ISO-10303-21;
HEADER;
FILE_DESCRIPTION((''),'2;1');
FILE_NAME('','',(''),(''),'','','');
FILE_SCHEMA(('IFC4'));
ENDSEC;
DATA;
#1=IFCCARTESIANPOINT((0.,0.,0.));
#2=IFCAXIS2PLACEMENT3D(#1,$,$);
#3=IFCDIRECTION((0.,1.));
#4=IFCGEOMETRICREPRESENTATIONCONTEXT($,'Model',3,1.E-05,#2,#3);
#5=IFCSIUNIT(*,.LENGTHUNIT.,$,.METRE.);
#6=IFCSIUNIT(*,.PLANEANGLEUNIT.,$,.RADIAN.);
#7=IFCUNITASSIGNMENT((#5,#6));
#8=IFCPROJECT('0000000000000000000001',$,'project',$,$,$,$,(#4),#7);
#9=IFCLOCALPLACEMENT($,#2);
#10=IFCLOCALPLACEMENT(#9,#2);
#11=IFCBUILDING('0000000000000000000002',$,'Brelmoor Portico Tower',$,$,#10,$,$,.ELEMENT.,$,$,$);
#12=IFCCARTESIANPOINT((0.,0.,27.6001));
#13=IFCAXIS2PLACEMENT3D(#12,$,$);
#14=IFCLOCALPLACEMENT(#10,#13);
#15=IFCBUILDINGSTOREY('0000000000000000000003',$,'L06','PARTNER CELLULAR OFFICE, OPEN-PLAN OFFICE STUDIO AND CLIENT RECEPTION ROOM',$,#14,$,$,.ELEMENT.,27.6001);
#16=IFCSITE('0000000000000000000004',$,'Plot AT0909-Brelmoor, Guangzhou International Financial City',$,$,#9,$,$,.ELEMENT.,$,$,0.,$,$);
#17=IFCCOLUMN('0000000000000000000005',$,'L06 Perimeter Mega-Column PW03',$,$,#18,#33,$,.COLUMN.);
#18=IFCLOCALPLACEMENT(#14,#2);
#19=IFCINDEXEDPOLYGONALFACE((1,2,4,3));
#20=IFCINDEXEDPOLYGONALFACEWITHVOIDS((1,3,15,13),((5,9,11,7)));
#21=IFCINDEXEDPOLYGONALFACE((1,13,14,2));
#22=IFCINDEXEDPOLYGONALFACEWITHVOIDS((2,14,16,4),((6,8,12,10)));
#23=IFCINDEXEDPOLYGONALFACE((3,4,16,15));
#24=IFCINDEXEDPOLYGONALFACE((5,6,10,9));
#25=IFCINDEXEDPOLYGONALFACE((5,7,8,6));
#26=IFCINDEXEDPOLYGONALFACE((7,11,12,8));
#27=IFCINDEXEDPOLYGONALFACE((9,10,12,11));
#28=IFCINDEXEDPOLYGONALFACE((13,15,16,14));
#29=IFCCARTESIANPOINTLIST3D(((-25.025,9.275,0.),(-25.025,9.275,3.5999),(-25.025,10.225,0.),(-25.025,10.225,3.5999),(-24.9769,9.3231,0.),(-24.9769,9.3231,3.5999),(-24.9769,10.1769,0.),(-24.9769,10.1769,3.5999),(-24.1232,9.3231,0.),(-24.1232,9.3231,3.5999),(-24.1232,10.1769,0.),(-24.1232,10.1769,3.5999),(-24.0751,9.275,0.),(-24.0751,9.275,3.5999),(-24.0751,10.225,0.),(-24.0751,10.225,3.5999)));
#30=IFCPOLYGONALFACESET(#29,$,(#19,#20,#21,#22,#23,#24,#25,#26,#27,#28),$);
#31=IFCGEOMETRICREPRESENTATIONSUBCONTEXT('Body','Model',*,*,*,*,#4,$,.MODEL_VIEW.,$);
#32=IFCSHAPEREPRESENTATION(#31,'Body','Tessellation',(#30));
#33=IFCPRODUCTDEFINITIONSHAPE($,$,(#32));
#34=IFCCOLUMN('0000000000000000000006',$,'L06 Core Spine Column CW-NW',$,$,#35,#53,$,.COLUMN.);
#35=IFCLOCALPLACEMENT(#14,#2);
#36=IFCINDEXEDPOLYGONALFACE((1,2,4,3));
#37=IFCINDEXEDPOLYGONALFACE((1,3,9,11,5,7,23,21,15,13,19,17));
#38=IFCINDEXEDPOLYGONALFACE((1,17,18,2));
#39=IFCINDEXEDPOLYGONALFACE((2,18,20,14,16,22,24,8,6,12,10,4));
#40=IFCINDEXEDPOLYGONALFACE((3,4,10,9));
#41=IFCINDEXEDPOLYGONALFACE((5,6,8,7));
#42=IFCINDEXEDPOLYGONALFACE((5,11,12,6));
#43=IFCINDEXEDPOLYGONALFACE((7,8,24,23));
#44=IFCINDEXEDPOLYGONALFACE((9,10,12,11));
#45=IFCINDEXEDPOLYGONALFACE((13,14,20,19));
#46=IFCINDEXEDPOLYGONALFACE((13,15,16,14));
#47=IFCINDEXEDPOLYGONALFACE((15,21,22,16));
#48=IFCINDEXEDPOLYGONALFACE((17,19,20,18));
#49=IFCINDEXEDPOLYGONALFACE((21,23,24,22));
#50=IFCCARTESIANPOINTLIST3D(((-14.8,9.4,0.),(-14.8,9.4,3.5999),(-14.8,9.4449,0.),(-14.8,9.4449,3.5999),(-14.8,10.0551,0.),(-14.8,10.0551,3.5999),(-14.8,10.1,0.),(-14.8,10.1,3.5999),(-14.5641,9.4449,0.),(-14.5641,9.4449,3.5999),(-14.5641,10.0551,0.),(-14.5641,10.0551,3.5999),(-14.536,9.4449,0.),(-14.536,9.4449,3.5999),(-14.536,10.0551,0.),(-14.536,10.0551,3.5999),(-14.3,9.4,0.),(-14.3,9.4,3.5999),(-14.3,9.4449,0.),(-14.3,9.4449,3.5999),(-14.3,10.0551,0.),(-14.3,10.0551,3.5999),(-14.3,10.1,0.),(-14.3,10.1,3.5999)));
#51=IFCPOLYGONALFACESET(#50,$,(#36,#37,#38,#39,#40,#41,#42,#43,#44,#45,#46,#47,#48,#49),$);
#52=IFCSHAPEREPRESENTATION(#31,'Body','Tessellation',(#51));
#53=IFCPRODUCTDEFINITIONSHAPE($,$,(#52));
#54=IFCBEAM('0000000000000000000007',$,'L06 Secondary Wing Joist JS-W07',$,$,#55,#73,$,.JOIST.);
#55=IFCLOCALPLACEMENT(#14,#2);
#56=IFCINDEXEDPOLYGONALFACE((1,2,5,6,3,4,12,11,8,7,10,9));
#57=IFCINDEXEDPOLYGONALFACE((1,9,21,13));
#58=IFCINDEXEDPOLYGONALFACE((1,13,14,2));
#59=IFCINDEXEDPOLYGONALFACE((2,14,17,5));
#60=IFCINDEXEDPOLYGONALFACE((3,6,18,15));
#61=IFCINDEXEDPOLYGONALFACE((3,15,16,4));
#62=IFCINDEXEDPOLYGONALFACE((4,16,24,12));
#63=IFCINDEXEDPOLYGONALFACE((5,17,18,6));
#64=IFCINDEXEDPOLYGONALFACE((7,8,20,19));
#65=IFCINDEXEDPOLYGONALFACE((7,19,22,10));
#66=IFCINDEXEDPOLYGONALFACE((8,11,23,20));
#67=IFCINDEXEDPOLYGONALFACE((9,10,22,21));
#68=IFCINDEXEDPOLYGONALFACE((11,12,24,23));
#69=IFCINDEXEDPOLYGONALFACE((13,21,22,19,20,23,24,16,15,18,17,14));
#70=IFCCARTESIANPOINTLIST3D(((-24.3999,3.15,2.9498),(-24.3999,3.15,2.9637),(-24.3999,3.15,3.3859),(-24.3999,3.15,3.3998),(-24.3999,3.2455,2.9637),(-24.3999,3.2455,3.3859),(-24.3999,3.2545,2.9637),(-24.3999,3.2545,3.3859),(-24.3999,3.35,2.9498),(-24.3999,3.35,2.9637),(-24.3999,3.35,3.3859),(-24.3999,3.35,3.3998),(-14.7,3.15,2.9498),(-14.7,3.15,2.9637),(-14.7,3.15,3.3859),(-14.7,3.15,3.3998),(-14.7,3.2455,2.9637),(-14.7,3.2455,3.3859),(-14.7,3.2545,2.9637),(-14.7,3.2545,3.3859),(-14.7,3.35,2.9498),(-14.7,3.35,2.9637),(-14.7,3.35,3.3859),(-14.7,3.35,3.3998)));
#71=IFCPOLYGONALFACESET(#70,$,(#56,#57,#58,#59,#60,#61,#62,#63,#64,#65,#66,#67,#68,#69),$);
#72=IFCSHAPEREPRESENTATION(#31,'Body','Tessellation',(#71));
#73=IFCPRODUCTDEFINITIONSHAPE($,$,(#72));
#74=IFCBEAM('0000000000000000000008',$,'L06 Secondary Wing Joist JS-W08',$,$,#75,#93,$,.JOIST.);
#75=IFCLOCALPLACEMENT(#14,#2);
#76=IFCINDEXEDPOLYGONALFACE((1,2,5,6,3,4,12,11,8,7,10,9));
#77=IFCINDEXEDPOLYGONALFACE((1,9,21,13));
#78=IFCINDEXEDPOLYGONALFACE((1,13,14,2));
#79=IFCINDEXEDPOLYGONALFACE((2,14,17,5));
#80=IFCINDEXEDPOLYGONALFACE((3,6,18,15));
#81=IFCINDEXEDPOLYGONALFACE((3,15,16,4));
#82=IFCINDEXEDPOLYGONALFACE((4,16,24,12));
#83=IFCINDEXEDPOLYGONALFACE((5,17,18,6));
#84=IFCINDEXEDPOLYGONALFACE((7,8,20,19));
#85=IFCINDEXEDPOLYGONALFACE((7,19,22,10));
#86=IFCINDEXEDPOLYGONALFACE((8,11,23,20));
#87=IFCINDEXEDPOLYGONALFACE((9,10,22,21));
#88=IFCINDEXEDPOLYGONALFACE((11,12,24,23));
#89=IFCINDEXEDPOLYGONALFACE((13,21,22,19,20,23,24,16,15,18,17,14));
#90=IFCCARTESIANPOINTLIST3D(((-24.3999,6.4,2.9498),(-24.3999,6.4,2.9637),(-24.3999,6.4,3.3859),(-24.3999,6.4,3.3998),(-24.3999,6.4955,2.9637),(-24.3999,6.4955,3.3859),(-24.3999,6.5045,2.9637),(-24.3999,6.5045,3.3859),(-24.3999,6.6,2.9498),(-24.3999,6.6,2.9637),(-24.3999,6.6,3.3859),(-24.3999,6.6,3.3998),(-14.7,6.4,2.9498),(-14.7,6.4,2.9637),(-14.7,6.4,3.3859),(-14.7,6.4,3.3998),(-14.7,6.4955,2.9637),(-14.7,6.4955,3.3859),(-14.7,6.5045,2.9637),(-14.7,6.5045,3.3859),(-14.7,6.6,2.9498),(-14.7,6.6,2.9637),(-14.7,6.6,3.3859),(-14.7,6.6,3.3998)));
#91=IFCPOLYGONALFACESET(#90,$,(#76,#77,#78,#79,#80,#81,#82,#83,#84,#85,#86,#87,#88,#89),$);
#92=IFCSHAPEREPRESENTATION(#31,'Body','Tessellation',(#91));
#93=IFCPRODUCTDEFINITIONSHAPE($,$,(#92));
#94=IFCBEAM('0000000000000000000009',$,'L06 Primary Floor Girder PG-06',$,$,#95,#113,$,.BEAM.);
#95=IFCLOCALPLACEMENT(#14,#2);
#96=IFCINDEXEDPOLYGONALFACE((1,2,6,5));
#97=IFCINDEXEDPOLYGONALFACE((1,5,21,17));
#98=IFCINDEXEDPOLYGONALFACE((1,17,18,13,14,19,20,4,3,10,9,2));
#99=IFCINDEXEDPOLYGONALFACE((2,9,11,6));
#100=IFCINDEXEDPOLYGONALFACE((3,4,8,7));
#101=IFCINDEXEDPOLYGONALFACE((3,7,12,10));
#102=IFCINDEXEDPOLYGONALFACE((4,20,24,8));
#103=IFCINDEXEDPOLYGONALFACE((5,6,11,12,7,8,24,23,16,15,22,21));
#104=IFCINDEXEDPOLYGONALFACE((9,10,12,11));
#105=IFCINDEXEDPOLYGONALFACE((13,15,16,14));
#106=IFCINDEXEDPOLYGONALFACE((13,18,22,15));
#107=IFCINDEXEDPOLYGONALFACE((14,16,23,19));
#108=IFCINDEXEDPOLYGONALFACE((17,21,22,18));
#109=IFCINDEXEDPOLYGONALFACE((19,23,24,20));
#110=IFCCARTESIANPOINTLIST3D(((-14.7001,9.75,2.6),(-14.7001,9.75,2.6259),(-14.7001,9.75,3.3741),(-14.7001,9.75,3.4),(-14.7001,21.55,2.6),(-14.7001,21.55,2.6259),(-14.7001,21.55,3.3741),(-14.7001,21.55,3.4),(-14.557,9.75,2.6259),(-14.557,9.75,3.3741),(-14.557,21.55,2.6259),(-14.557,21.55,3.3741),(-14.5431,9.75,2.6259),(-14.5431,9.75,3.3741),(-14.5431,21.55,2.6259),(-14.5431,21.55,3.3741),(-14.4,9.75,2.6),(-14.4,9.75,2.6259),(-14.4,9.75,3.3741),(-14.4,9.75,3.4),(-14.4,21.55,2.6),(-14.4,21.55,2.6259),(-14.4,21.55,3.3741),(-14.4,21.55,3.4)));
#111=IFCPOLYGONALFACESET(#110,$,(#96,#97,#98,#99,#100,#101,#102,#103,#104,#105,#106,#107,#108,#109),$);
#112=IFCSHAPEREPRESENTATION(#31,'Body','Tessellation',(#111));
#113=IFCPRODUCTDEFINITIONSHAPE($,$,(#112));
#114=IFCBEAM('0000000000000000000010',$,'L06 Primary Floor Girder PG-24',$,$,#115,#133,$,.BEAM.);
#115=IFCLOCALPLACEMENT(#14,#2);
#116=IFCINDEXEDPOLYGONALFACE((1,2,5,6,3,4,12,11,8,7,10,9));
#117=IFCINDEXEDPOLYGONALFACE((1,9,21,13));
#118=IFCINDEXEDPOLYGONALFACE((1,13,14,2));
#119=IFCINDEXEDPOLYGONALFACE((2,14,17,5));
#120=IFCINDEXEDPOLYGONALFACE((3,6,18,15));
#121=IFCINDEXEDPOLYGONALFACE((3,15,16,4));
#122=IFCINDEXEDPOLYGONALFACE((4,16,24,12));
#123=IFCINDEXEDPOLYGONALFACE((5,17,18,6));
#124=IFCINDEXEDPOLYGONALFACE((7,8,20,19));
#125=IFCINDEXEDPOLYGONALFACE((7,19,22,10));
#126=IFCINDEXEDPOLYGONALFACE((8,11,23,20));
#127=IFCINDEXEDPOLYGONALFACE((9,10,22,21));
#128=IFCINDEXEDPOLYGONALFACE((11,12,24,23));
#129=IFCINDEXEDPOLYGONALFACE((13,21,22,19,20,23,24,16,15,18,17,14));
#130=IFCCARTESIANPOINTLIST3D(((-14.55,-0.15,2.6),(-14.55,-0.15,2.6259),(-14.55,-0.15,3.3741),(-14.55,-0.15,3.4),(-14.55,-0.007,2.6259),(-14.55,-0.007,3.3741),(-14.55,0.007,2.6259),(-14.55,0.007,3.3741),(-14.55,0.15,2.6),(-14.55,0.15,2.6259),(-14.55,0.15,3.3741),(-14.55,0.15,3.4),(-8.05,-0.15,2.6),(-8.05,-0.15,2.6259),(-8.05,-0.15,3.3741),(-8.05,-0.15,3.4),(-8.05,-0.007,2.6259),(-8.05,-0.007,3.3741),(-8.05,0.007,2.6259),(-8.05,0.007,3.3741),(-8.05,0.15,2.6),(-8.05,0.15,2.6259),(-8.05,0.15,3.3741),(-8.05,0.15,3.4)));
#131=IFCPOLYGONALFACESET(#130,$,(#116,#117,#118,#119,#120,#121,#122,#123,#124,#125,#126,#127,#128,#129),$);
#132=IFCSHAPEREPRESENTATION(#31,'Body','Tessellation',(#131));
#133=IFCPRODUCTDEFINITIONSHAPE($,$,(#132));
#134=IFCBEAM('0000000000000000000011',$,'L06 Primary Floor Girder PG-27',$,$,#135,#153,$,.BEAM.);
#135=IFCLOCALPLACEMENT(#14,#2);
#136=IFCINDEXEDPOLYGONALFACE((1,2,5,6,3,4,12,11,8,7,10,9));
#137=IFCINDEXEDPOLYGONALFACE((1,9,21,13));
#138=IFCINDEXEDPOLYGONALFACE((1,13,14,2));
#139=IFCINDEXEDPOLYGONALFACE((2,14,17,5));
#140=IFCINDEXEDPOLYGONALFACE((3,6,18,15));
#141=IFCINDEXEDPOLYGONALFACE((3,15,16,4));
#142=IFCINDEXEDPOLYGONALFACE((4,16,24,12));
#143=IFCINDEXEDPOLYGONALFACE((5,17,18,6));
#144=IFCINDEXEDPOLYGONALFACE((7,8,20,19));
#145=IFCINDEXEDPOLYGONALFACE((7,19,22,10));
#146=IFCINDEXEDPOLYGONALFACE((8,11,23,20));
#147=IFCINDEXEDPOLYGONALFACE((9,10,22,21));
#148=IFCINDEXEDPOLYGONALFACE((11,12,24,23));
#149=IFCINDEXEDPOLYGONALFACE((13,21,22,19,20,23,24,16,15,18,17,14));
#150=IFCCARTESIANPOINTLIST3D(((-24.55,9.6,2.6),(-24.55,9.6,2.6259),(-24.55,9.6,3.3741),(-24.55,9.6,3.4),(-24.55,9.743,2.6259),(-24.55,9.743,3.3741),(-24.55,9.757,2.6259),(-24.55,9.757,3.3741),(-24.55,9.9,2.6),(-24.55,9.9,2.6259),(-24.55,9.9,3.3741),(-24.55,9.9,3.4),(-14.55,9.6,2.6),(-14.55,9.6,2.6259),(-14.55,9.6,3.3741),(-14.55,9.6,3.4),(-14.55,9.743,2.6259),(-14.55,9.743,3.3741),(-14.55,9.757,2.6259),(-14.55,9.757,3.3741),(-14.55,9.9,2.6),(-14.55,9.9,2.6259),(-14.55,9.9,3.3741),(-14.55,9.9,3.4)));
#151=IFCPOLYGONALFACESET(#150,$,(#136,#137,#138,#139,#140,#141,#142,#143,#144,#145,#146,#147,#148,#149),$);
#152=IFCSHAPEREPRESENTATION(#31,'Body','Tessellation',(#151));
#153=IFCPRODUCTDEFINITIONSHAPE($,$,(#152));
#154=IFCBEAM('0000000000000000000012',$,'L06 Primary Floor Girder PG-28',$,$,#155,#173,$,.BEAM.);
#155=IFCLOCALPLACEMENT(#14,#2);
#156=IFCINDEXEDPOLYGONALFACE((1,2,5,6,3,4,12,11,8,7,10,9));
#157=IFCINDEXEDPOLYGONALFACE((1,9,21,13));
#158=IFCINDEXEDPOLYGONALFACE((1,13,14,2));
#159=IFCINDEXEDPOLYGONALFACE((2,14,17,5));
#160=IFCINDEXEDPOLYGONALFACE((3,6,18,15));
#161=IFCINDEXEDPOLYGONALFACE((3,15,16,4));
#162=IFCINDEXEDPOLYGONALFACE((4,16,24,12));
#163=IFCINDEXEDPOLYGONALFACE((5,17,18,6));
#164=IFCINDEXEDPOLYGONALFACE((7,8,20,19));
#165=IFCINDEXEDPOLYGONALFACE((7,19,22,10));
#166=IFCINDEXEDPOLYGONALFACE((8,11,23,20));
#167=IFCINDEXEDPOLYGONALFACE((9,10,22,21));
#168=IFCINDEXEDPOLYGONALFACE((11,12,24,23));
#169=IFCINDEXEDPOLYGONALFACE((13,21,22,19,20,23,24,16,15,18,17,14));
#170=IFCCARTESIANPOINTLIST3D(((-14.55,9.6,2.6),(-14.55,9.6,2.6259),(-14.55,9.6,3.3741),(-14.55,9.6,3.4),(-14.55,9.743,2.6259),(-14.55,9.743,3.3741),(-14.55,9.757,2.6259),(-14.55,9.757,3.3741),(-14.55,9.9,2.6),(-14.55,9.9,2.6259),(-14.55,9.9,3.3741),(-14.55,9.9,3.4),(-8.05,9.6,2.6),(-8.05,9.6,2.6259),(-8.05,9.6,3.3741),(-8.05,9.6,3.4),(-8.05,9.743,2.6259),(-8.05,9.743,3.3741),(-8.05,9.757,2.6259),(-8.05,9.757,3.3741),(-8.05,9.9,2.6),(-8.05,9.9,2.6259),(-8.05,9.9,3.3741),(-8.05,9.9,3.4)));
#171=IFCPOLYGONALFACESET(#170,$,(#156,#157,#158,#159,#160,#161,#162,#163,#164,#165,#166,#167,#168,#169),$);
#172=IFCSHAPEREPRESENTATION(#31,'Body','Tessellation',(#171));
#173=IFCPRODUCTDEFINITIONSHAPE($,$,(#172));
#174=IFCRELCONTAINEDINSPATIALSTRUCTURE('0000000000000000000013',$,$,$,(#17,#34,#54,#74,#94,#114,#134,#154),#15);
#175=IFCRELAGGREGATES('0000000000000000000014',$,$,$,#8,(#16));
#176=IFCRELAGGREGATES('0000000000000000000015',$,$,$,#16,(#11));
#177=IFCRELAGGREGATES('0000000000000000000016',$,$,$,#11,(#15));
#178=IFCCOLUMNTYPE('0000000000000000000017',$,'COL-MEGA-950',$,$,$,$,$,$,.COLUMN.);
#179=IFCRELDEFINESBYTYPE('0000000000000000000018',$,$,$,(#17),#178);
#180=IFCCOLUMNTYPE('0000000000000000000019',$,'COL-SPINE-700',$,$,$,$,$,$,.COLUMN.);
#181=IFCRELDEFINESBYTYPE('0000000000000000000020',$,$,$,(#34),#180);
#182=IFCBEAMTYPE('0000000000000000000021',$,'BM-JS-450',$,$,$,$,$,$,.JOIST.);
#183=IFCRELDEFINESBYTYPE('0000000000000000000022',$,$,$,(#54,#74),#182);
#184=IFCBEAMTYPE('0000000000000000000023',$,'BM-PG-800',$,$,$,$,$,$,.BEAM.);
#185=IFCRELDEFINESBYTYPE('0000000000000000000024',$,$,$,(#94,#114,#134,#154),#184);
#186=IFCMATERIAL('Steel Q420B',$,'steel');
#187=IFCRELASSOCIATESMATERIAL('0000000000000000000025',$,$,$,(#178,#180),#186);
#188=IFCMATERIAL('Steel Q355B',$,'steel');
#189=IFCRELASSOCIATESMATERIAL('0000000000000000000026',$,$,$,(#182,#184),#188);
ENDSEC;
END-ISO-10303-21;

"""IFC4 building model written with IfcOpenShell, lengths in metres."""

from ifc_helpers import new_model, si_unit, direction, frame, origin, origin_2d, place, context, subcontext, project, spatial, hollow_rectangle, i_section, extrude, material, material_profile, profile_set, type_object, element, save


model = new_model("IFC4")

# Units and contexts
model_context = context("Model", 3, precision=1e-05, world=origin(), true_north=direction((0.0, 1.0)))
body_context = subcontext(model_context, "Body", "Model", "MODEL_VIEW")
ifc_project = project(units=[si_unit("LENGTHUNIT", "METRE"), si_unit("PLANEANGLEUNIT", "RADIAN")], contexts=[model_context])

# Site, building, storey
site_placement = place(None, origin())
site = spatial("IfcSite", under=ifc_project, at=site_placement, Name="Plot AT0909-Brelmoor, Guangzhou International Financial City", CompositionType="ELEMENT", RefElevation=0.0)
building_placement = place(site_placement, origin())
building = spatial("IfcBuilding", under=site, at=building_placement, Name="Brelmoor Portico Tower", CompositionType="ELEMENT")
storey_placement = place(building_placement, frame((0.0, 0.0, 27.6001)))
storey = spatial("IfcBuildingStorey", under=building, at=storey_placement, Name="L06", Description="PARTNER CELLULAR OFFICE, OPEN-PLAN OFFICE STUDIO AND CLIENT RECEPTION ROOM", CompositionType="ELEMENT", Elevation=27.6001)

# Columns
ifc_material_1 = material(Name="Steel Q420B", Category="steel")
ifc_material_profile_1 = material_profile(ifc_material_1, hollow_rectangle(XDim=0.95, YDim=0.95, WallThickness=0.0481, at=origin_2d()), Name="BOX 950x950x48")
ifc_profile_set_1 = profile_set([ifc_material_profile_1], Name="Steel Q420B")
column_type_1 = type_object("IfcColumnType", Name="COL-MEGA-950", PredefinedType="COLUMN", material=ifc_profile_set_1)
column_1_placement = place(storey_placement, frame((-24.55, 9.75, 0.0), z_axis=(0.0, 0.0, 1.0), x_axis=(0.0, 1.0, 0.0)))
element("IfcColumn", 1, at=column_1_placement, inside=storey, type_object=column_type_1, Name="L06 Perimeter Mega-Column PW03", PredefinedType="COLUMN", context=body_context, shape_type="SweptSolid", body=[
    extrude(hollow_rectangle(XDim=0.95, YDim=0.95, WallThickness=0.0481, at=origin_2d()), origin(), (0.0, 0.0, 1.0), 3.5999),
])
ifc_material_profile_2 = material_profile(ifc_material_1, i_section(OverallWidth=0.5, OverallDepth=0.7, WebThickness=0.0281, FlangeThickness=0.0449, at=origin_2d()), Name="HW 700x500x28x45")
ifc_profile_set_2 = profile_set([ifc_material_profile_2], Name="Steel Q420B")
column_type_2 = type_object("IfcColumnType", Name="COL-SPINE-700", PredefinedType="COLUMN", material=ifc_profile_set_2)
column_2_placement = place(storey_placement, frame((-14.55, 9.75, 0.0), z_axis=(0.0, 0.0, 1.0), x_axis=(1.0, 0.0, 0.0)))
element("IfcColumn", 2, at=column_2_placement, inside=storey, type_object=column_type_2, Name="L06 Core Spine Column CW-NW", PredefinedType="COLUMN", context=body_context, shape_type="SweptSolid", body=[
    extrude(i_section(OverallWidth=0.5, OverallDepth=0.7, WebThickness=0.0281, FlangeThickness=0.0449, at=origin_2d()), origin(), (0.0, 0.0, 1.0), 3.5999),
])

# Beams
ifc_material_2 = material(Name="Steel Q355B", Category="steel")
ifc_material_profile_3 = material_profile(ifc_material_2, i_section(OverallWidth=0.2, OverallDepth=0.45, WebThickness=0.009, FlangeThickness=0.0139, at=origin_2d()), Name="HN 450x200x9x14")
ifc_profile_set_3 = profile_set([ifc_material_profile_3], Name="Steel Q355B")
beam_type_1 = type_object("IfcBeamType", Name="BM-JS-450", PredefinedType="JOIST", material=ifc_profile_set_3)
for number, where, z_axis, x_axis, name in (
    (3, (-24.3999, 3.25, 3.1748), (1.0, 0.0, 0.0), (0.0, 1.0, 0.0), "L06 Secondary Wing Joist JS-W07"),
    (4, (-24.3999, 6.5, 3.1748), (1.0, 0.0, 0.0), (0.0, 1.0, 0.0), "L06 Secondary Wing Joist JS-W08"),
):
    element("IfcBeam", number, at=place(storey_placement, frame(where, z_axis=z_axis, x_axis=x_axis)), inside=storey, type_object=beam_type_1, Name=name, PredefinedType="JOIST", context=body_context, shape_type="SweptSolid", body=[
        extrude(i_section(OverallWidth=0.2, OverallDepth=0.45, WebThickness=0.009, FlangeThickness=0.0139, at=origin_2d()), origin(), (0.0, 0.0, 1.0), 9.7),
    ])
ifc_material_profile_4 = material_profile(ifc_material_2, i_section(OverallWidth=0.3, OverallDepth=0.8, WebThickness=0.0139, FlangeThickness=0.0259, at=origin_2d()), Name="HN 800x300x14x26")
ifc_profile_set_4 = profile_set([ifc_material_profile_4], Name="Steel Q355B")
beam_type_2 = type_object("IfcBeamType", Name="BM-PG-800", PredefinedType="BEAM", material=ifc_profile_set_4)
beam_1_placement = place(storey_placement, frame((-14.55, 9.75, 3.0), z_axis=(0.0, 1.0, 0.0), x_axis=(-1.0, 0.0, 0.0)))
element("IfcBeam", 5, at=beam_1_placement, inside=storey, type_object=beam_type_2, Name="L06 Primary Floor Girder PG-06", PredefinedType="BEAM", context=body_context, shape_type="SweptSolid", body=[
    extrude(i_section(OverallWidth=0.3, OverallDepth=0.8, WebThickness=0.0139, FlangeThickness=0.0259, at=origin_2d()), origin(), (0.0, 0.0, 1.0), 11.8),
])
beam_2_placement = place(storey_placement, frame((-14.55, 0.0, 3.0), z_axis=(1.0, 0.0, 0.0), x_axis=(0.0, 1.0, 0.0)))
element("IfcBeam", 6, at=beam_2_placement, inside=storey, type_object=beam_type_2, Name="L06 Primary Floor Girder PG-24", PredefinedType="BEAM", context=body_context, shape_type="SweptSolid", body=[
    extrude(i_section(OverallWidth=0.3, OverallDepth=0.8, WebThickness=0.0139, FlangeThickness=0.0259, at=origin_2d()), origin(), (0.0, 0.0, 1.0), 6.5),
])
beam_3_placement = place(storey_placement, frame((-24.55, 9.75, 3.0), z_axis=(1.0, 0.0, 0.0), x_axis=(0.0, 1.0, 0.0)))
element("IfcBeam", 7, at=beam_3_placement, inside=storey, type_object=beam_type_2, Name="L06 Primary Floor Girder PG-27", PredefinedType="BEAM", context=body_context, shape_type="SweptSolid", body=[
    extrude(i_section(OverallWidth=0.3, OverallDepth=0.8, WebThickness=0.0139, FlangeThickness=0.0259, at=origin_2d()), origin(), (0.0, 0.0, 1.0), 10.0),
])
beam_4_placement = place(storey_placement, frame((-14.55, 9.75, 3.0), z_axis=(1.0, 0.0, 0.0), x_axis=(0.0, 1.0, 0.0)))
element("IfcBeam", 8, at=beam_4_placement, inside=storey, type_object=beam_type_2, Name="L06 Primary Floor Girder PG-28", PredefinedType="BEAM", context=body_context, shape_type="SweptSolid", body=[
    extrude(i_section(OverallWidth=0.3, OverallDepth=0.8, WebThickness=0.0139, FlangeThickness=0.0259, at=origin_2d()), origin(), (0.0, 0.0, 1.0), 6.5),
])

save(model, "model.ifc")
